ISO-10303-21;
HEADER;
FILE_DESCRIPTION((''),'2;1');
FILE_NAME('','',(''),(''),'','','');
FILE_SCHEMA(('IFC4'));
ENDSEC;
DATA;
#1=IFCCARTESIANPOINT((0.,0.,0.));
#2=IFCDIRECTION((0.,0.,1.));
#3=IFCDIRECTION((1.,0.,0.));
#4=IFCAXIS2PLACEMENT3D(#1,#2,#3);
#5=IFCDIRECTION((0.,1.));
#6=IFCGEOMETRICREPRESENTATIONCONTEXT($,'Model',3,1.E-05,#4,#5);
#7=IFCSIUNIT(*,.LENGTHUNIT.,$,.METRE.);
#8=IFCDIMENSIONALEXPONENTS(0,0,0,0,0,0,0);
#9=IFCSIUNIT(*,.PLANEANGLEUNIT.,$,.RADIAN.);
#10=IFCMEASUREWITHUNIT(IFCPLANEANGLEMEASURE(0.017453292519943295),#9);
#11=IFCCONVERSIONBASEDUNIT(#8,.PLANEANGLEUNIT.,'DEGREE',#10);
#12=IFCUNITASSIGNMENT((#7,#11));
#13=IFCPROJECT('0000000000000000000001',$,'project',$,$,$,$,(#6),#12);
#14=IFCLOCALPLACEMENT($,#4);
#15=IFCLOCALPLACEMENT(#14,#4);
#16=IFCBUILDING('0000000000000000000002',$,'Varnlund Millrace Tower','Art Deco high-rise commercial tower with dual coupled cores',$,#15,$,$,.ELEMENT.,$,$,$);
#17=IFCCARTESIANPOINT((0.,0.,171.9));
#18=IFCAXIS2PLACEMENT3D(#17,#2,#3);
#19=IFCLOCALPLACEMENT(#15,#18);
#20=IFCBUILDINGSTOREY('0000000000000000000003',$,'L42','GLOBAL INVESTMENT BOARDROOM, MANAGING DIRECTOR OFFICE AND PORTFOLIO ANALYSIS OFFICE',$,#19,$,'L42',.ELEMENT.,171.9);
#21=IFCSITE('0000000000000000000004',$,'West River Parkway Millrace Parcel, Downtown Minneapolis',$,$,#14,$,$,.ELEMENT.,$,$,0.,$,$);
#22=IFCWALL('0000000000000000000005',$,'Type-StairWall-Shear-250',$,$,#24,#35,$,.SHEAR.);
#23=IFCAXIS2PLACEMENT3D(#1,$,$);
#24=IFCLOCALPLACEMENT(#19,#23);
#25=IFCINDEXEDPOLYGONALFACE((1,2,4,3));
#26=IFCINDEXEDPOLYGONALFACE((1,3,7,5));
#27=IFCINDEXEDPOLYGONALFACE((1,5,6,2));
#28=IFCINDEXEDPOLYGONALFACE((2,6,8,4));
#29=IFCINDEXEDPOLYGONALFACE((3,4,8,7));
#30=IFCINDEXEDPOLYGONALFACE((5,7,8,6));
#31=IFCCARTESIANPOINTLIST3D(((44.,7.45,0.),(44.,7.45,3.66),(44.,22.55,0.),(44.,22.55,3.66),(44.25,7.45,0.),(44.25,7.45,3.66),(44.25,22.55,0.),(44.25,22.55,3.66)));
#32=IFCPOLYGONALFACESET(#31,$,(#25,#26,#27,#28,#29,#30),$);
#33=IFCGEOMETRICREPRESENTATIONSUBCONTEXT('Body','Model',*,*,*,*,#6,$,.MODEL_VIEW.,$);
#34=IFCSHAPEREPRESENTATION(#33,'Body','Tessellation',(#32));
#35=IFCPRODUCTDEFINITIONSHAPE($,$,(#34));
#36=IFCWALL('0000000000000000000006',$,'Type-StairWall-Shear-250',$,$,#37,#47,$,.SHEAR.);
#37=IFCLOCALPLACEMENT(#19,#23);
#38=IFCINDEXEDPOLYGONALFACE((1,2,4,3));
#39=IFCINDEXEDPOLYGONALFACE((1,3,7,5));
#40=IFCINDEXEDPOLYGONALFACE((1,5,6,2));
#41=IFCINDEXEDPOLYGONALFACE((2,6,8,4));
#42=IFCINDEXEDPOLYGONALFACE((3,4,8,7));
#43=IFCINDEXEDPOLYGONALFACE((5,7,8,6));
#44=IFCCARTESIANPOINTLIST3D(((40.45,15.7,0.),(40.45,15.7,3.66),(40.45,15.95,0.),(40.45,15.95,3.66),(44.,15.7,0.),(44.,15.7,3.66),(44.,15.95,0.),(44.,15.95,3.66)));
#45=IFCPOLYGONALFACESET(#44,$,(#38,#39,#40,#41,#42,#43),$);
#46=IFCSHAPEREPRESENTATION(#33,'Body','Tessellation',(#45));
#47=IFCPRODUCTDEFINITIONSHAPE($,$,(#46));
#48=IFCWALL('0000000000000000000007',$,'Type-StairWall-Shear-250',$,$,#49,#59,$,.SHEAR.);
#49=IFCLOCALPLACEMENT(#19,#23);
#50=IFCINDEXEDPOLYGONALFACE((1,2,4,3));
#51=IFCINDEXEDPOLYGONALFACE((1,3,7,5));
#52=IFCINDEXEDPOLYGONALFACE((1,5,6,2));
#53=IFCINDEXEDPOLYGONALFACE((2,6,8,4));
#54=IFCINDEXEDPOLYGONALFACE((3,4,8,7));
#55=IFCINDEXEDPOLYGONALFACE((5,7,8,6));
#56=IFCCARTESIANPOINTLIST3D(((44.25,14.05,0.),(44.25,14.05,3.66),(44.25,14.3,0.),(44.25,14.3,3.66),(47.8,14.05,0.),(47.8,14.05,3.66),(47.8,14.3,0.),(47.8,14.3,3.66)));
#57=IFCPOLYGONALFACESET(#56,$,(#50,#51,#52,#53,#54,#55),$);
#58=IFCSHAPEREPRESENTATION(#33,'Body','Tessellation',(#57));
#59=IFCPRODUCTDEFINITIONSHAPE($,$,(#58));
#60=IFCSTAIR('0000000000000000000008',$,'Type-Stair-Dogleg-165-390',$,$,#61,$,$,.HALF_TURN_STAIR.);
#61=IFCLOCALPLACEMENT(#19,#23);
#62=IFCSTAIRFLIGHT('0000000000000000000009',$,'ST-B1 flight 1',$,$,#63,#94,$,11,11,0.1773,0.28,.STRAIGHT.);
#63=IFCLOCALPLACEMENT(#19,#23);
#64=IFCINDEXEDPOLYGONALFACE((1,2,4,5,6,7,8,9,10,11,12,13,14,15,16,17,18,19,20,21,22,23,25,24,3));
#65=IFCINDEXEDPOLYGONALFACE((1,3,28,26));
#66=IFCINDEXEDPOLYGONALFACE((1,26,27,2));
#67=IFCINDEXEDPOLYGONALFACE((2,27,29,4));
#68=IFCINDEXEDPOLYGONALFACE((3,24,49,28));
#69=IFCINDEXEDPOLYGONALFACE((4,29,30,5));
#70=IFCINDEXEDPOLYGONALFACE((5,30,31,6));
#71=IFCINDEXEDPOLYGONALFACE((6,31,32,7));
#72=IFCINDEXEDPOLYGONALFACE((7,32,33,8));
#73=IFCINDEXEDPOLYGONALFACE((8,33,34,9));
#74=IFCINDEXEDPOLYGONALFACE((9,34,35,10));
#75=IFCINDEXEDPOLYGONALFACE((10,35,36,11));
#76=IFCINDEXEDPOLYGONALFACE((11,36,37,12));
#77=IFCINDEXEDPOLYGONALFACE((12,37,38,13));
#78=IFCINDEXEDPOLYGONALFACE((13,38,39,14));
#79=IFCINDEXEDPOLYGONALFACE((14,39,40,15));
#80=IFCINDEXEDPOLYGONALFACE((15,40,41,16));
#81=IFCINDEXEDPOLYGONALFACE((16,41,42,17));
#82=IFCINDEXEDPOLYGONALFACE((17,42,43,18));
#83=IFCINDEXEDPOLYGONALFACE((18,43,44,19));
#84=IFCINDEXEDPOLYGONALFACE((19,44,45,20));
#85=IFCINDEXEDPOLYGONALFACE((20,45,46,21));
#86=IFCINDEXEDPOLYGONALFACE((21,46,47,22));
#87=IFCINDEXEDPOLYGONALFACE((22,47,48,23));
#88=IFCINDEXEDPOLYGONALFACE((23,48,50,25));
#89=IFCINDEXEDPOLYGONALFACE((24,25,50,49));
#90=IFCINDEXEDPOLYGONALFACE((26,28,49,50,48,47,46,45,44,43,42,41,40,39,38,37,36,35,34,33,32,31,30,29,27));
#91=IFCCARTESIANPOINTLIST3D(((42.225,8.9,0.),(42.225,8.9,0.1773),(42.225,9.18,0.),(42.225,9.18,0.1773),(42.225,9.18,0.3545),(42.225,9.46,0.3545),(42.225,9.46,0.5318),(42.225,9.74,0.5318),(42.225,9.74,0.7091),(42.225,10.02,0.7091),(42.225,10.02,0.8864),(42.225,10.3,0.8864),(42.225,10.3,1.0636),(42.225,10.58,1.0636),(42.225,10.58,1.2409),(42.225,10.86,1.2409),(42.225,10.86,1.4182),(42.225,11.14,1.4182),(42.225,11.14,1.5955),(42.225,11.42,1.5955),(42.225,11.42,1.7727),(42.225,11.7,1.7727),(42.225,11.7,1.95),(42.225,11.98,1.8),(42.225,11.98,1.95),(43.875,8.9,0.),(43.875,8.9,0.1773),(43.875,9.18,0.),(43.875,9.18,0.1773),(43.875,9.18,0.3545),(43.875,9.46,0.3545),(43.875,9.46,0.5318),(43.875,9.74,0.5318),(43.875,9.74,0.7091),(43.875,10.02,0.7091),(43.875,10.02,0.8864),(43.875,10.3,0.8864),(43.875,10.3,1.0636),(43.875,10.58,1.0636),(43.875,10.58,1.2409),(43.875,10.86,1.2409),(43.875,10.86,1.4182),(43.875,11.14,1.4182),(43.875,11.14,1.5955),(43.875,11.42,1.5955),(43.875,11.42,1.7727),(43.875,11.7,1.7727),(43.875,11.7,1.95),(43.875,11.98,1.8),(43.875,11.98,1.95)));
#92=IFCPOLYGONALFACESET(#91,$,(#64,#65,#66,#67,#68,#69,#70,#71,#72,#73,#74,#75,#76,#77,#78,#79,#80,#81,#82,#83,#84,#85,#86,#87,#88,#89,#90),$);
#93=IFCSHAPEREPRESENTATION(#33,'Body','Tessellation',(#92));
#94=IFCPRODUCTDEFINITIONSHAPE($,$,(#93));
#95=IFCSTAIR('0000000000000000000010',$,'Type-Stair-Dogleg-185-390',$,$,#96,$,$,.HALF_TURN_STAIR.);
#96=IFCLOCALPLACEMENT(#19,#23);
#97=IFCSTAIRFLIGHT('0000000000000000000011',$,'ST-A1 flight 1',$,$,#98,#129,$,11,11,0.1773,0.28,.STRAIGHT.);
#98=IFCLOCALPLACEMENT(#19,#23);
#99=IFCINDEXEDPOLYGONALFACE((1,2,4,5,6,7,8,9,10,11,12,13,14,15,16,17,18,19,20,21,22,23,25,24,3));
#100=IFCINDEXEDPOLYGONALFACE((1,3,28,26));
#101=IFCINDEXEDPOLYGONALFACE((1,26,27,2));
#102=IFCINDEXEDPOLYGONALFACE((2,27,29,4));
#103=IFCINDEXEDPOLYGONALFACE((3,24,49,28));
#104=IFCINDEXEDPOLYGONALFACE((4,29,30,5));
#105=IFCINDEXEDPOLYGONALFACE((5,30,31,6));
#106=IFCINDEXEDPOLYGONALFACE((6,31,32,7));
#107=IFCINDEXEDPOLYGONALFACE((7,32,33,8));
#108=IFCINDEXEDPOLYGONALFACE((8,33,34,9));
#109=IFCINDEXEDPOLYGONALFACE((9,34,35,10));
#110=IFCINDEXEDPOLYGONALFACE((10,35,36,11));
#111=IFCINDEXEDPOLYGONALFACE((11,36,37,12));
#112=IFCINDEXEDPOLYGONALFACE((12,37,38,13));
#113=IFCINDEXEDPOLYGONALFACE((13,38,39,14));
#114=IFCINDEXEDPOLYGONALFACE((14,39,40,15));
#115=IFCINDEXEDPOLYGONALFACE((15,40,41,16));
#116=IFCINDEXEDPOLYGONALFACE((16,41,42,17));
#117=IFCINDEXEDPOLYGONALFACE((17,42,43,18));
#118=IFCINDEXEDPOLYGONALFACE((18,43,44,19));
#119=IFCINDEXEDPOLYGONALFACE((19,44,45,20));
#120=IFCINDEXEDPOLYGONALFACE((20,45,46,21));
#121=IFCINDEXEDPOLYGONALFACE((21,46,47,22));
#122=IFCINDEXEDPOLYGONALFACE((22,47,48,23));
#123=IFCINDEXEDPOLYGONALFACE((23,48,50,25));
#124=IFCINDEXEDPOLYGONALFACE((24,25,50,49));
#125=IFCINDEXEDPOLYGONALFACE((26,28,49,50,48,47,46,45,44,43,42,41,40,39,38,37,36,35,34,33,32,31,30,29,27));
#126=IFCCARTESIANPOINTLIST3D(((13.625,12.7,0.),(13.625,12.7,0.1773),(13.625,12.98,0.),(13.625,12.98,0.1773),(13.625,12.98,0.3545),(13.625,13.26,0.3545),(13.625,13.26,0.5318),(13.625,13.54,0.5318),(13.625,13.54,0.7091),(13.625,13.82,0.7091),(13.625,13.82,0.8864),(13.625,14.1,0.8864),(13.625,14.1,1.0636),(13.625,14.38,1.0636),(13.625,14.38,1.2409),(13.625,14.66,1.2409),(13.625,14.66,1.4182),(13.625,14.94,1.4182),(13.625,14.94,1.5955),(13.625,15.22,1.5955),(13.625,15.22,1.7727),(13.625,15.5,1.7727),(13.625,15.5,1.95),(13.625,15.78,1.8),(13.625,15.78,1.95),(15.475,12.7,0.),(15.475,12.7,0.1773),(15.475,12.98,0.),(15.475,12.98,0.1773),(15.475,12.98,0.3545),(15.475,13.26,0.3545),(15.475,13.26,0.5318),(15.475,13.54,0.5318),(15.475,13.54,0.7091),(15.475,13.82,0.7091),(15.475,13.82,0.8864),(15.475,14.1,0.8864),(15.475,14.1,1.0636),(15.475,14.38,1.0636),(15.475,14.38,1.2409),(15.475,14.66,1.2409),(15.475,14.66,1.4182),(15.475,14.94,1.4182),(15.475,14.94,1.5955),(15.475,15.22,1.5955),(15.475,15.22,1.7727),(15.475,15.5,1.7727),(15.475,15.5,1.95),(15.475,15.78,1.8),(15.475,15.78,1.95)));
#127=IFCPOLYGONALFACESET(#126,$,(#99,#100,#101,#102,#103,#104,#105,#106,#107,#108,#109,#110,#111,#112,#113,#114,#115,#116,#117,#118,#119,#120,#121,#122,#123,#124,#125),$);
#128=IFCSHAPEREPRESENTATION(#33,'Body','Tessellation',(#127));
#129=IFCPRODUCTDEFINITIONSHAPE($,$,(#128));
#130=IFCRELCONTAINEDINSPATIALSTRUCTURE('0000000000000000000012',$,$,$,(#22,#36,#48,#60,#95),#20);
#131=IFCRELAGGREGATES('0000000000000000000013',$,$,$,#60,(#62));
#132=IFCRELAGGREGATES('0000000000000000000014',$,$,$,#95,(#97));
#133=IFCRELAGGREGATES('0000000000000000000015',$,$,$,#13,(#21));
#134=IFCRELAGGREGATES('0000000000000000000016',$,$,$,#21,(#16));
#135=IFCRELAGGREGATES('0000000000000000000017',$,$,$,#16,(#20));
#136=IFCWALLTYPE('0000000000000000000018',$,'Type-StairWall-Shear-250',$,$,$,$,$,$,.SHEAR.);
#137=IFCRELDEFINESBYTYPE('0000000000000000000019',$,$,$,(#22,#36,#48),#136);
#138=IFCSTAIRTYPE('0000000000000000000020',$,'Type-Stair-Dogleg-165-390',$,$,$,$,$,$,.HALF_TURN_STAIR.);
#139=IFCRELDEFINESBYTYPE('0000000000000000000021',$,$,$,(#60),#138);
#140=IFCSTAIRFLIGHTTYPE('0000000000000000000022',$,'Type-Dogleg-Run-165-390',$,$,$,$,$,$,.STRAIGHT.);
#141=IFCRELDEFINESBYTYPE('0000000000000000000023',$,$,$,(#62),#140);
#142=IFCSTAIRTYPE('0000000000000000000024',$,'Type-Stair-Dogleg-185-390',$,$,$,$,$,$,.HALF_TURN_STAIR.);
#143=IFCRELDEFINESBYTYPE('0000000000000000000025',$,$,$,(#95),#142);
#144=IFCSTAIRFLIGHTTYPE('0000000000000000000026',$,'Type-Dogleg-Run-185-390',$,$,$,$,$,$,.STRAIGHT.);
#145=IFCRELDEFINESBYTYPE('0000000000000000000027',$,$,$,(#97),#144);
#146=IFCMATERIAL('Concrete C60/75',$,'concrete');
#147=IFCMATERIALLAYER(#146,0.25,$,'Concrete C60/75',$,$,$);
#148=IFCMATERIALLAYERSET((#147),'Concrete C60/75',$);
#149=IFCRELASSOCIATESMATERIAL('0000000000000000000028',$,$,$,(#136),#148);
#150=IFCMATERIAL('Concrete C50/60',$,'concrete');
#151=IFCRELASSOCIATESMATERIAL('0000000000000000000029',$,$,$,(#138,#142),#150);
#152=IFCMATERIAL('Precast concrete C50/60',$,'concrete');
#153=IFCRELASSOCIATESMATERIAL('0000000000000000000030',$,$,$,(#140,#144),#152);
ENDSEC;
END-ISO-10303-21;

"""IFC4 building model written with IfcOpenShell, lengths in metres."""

from ifc_helpers import new_model, entity, si_unit, converted_unit, direction, frame, origin_with_axes, place, context, subcontext, project, spatial, polyline, outline, extrude, material, layer, layer_set, type_object, element, aggregate, save


model = new_model("IFC4")

# Units and contexts
model_context = context("Model", 3, precision=1e-05, world=origin_with_axes(), true_north=direction((0.0, 1.0)))
body_context = subcontext(model_context, "Body", "Model", "MODEL_VIEW")
ifc_project = project(units=[si_unit("LENGTHUNIT", "METRE"), converted_unit("PLANEANGLEUNIT", "DEGREE", entity("IfcPlaneAngleMeasure", 0.017453292519943295), si_unit("PLANEANGLEUNIT", "RADIAN"), dimensions=[0, 0, 0, 0, 0, 0, 0])], contexts=[model_context])

# Site, building, storey
site_placement = place(None, origin_with_axes())
site = spatial("IfcSite", under=ifc_project, at=site_placement, Name="West River Parkway Millrace Parcel, Downtown Minneapolis", CompositionType="ELEMENT", RefElevation=0.0)
building_placement = place(site_placement, origin_with_axes())
building = spatial("IfcBuilding", under=site, at=building_placement, Name="Varnlund Millrace Tower", Description="Art Deco high-rise commercial tower with dual coupled cores", CompositionType="ELEMENT")
storey_placement = place(building_placement, frame((0.0, 0.0, 171.9), z_axis=(0.0, 0.0, 1.0), x_axis=(1.0, 0.0, 0.0)))
storey = spatial("IfcBuildingStorey", under=building, at=storey_placement, Name="L42", Description="GLOBAL INVESTMENT BOARDROOM, MANAGING DIRECTOR OFFICE AND PORTFOLIO ANALYSIS OFFICE", LongName="L42", CompositionType="ELEMENT", Elevation=171.9)

# Shared definitions
ifc_material_1 = material(Name="Concrete C60/75", Category="concrete")
ifc_layer_1 = layer(ifc_material_1, 0.25, Name="Concrete C60/75")
ifc_layer_set_1 = layer_set([ifc_layer_1], Name="Concrete C60/75")

# Walls
wall_type_1 = type_object("IfcWallType", Name="Type-StairWall-Shear-250", PredefinedType="SHEAR", material=ifc_layer_set_1)
wall_1_placement = place(storey_placement, frame((44.125, 7.45, 0.0), z_axis=(0.0, 0.0, 1.0), x_axis=(0.0, 1.0, 0.0)))
element("IfcWall", 1, at=wall_1_placement, inside=storey, type_object=wall_type_1, Name="Type-StairWall-Shear-250", PredefinedType="SHEAR", context=body_context, shape_type="SweptSolid", body=[
    extrude(outline(polyline([(0.0, -0.125), (15.1, -0.125), (15.1, 0.125), (0.0, 0.125), (0.0, -0.125)])), origin_with_axes(), (0.0, 0.0, 1.0), 3.66),
])
for number, where, z_axis, x_axis, name in (
    (2, (40.45, 15.825, 0.0), (0.0, 0.0, 1.0), (1.0, 0.0, 0.0), "Type-StairWall-Shear-250"),
    (3, (44.25, 14.175, 0.0), (0.0, 0.0, 1.0), (1.0, 0.0, 0.0), "Type-StairWall-Shear-250"),
):
    element("IfcWall", number, at=place(storey_placement, frame(where, z_axis=z_axis, x_axis=x_axis)), inside=storey, type_object=wall_type_1, Name=name, PredefinedType="SHEAR", context=body_context, shape_type="SweptSolid", body=[
        extrude(outline(polyline([(0.0, -0.125), (3.55, -0.125), (3.55, 0.125), (0.0, 0.125), (0.0, -0.125)])), origin_with_axes(), (0.0, 0.0, 1.0), 3.66),
    ])

# Stairs, stair flights
ifc_material_2 = material(Name="Concrete C50/60", Category="concrete")
stair_type_1 = type_object("IfcStairType", Name="Type-Stair-Dogleg-165-390", PredefinedType="HALF_TURN_STAIR", material=ifc_material_2)
stair_1_placement = place(storey_placement, origin_with_axes())
stair_1 = element("IfcStair", 4, at=stair_1_placement, inside=storey, type_object=stair_type_1, Name="Type-Stair-Dogleg-165-390", PredefinedType="HALF_TURN_STAIR")
ifc_material_3 = material(Name="Precast concrete C50/60", Category="concrete")
stair_flight_type_1 = type_object("IfcStairFlightType", Name="Type-Dogleg-Run-165-390", PredefinedType="STRAIGHT", material=ifc_material_3)
stair_flight_1_placement = place(storey_placement, frame((42.225, 8.9, 0.0), z_axis=(1.0, 0.0, 0.0), x_axis=(0.0, 1.0, 0.0)))
stair_flight_1 = element("IfcStairFlight", 5, at=stair_flight_1_placement, type_object=stair_flight_type_1, Name="ST-B1 flight 1", NumberOfRisers=11, NumberOfTreads=11, PredefinedType="STRAIGHT", RiserHeight=0.1773, TreadLength=0.28, context=body_context, shape_type="SweptSolid", body=[
    extrude(outline(polyline([(0.0, 0.0), (0.0, 0.1773), (0.28, 0.1773), (0.28, 0.3545), (0.56, 0.3545), (0.56, 0.5318), (0.84, 0.5318), (0.84, 0.7091), (1.12, 0.7091), (1.12, 0.8864), (1.4, 0.8864), (1.4, 1.0636), (1.68, 1.0636), (1.68, 1.2409), (1.96, 1.2409), (1.96, 1.4182), (2.24, 1.4182), (2.24, 1.5955), (2.52, 1.5955), (2.52, 1.7727), (2.8, 1.7727), (2.8, 1.95), (3.08, 1.95), (3.08, 1.8), (0.28, 0.0), (0.0, 0.0)])), origin_with_axes(), (0.0, 0.0, 1.0), 1.65),
])
aggregate(stair_1, [stair_flight_1])
stair_type_2 = type_object("IfcStairType", Name="Type-Stair-Dogleg-185-390", PredefinedType="HALF_TURN_STAIR", material=ifc_material_2)
stair_2_placement = place(storey_placement, origin_with_axes())
stair_2 = element("IfcStair", 6, at=stair_2_placement, inside=storey, type_object=stair_type_2, Name="Type-Stair-Dogleg-185-390", PredefinedType="HALF_TURN_STAIR")
stair_flight_type_2 = type_object("IfcStairFlightType", Name="Type-Dogleg-Run-185-390", PredefinedType="STRAIGHT", material=ifc_material_3)
stair_flight_2_placement = place(storey_placement, frame((13.625, 12.7, 0.0), z_axis=(1.0, 0.0, 0.0), x_axis=(0.0, 1.0, 0.0)))
stair_flight_2 = element("IfcStairFlight", 7, at=stair_flight_2_placement, type_object=stair_flight_type_2, Name="ST-A1 flight 1", NumberOfRisers=11, NumberOfTreads=11, PredefinedType="STRAIGHT", RiserHeight=0.1773, TreadLength=0.28, context=body_context, shape_type="SweptSolid", body=[
    extrude(outline(polyline([(0.0, 0.0), (0.0, 0.1773), (0.28, 0.1773), (0.28, 0.3545), (0.56, 0.3545), (0.56, 0.5318), (0.84, 0.5318), (0.84, 0.7091), (1.12, 0.7091), (1.12, 0.8864), (1.4, 0.8864), (1.4, 1.0636), (1.68, 1.0636), (1.68, 1.2409), (1.96, 1.2409), (1.96, 1.4182), (2.24, 1.4182), (2.24, 1.5955), (2.52, 1.5955), (2.52, 1.7727), (2.8, 1.7727), (2.8, 1.95), (3.08, 1.95), (3.08, 1.8), (0.28, 0.0), (0.0, 0.0)])), origin_with_axes(), (0.0, 0.0, 1.0), 1.85),
])
aggregate(stair_2, [stair_flight_2])

save(model, "model.ifc")
